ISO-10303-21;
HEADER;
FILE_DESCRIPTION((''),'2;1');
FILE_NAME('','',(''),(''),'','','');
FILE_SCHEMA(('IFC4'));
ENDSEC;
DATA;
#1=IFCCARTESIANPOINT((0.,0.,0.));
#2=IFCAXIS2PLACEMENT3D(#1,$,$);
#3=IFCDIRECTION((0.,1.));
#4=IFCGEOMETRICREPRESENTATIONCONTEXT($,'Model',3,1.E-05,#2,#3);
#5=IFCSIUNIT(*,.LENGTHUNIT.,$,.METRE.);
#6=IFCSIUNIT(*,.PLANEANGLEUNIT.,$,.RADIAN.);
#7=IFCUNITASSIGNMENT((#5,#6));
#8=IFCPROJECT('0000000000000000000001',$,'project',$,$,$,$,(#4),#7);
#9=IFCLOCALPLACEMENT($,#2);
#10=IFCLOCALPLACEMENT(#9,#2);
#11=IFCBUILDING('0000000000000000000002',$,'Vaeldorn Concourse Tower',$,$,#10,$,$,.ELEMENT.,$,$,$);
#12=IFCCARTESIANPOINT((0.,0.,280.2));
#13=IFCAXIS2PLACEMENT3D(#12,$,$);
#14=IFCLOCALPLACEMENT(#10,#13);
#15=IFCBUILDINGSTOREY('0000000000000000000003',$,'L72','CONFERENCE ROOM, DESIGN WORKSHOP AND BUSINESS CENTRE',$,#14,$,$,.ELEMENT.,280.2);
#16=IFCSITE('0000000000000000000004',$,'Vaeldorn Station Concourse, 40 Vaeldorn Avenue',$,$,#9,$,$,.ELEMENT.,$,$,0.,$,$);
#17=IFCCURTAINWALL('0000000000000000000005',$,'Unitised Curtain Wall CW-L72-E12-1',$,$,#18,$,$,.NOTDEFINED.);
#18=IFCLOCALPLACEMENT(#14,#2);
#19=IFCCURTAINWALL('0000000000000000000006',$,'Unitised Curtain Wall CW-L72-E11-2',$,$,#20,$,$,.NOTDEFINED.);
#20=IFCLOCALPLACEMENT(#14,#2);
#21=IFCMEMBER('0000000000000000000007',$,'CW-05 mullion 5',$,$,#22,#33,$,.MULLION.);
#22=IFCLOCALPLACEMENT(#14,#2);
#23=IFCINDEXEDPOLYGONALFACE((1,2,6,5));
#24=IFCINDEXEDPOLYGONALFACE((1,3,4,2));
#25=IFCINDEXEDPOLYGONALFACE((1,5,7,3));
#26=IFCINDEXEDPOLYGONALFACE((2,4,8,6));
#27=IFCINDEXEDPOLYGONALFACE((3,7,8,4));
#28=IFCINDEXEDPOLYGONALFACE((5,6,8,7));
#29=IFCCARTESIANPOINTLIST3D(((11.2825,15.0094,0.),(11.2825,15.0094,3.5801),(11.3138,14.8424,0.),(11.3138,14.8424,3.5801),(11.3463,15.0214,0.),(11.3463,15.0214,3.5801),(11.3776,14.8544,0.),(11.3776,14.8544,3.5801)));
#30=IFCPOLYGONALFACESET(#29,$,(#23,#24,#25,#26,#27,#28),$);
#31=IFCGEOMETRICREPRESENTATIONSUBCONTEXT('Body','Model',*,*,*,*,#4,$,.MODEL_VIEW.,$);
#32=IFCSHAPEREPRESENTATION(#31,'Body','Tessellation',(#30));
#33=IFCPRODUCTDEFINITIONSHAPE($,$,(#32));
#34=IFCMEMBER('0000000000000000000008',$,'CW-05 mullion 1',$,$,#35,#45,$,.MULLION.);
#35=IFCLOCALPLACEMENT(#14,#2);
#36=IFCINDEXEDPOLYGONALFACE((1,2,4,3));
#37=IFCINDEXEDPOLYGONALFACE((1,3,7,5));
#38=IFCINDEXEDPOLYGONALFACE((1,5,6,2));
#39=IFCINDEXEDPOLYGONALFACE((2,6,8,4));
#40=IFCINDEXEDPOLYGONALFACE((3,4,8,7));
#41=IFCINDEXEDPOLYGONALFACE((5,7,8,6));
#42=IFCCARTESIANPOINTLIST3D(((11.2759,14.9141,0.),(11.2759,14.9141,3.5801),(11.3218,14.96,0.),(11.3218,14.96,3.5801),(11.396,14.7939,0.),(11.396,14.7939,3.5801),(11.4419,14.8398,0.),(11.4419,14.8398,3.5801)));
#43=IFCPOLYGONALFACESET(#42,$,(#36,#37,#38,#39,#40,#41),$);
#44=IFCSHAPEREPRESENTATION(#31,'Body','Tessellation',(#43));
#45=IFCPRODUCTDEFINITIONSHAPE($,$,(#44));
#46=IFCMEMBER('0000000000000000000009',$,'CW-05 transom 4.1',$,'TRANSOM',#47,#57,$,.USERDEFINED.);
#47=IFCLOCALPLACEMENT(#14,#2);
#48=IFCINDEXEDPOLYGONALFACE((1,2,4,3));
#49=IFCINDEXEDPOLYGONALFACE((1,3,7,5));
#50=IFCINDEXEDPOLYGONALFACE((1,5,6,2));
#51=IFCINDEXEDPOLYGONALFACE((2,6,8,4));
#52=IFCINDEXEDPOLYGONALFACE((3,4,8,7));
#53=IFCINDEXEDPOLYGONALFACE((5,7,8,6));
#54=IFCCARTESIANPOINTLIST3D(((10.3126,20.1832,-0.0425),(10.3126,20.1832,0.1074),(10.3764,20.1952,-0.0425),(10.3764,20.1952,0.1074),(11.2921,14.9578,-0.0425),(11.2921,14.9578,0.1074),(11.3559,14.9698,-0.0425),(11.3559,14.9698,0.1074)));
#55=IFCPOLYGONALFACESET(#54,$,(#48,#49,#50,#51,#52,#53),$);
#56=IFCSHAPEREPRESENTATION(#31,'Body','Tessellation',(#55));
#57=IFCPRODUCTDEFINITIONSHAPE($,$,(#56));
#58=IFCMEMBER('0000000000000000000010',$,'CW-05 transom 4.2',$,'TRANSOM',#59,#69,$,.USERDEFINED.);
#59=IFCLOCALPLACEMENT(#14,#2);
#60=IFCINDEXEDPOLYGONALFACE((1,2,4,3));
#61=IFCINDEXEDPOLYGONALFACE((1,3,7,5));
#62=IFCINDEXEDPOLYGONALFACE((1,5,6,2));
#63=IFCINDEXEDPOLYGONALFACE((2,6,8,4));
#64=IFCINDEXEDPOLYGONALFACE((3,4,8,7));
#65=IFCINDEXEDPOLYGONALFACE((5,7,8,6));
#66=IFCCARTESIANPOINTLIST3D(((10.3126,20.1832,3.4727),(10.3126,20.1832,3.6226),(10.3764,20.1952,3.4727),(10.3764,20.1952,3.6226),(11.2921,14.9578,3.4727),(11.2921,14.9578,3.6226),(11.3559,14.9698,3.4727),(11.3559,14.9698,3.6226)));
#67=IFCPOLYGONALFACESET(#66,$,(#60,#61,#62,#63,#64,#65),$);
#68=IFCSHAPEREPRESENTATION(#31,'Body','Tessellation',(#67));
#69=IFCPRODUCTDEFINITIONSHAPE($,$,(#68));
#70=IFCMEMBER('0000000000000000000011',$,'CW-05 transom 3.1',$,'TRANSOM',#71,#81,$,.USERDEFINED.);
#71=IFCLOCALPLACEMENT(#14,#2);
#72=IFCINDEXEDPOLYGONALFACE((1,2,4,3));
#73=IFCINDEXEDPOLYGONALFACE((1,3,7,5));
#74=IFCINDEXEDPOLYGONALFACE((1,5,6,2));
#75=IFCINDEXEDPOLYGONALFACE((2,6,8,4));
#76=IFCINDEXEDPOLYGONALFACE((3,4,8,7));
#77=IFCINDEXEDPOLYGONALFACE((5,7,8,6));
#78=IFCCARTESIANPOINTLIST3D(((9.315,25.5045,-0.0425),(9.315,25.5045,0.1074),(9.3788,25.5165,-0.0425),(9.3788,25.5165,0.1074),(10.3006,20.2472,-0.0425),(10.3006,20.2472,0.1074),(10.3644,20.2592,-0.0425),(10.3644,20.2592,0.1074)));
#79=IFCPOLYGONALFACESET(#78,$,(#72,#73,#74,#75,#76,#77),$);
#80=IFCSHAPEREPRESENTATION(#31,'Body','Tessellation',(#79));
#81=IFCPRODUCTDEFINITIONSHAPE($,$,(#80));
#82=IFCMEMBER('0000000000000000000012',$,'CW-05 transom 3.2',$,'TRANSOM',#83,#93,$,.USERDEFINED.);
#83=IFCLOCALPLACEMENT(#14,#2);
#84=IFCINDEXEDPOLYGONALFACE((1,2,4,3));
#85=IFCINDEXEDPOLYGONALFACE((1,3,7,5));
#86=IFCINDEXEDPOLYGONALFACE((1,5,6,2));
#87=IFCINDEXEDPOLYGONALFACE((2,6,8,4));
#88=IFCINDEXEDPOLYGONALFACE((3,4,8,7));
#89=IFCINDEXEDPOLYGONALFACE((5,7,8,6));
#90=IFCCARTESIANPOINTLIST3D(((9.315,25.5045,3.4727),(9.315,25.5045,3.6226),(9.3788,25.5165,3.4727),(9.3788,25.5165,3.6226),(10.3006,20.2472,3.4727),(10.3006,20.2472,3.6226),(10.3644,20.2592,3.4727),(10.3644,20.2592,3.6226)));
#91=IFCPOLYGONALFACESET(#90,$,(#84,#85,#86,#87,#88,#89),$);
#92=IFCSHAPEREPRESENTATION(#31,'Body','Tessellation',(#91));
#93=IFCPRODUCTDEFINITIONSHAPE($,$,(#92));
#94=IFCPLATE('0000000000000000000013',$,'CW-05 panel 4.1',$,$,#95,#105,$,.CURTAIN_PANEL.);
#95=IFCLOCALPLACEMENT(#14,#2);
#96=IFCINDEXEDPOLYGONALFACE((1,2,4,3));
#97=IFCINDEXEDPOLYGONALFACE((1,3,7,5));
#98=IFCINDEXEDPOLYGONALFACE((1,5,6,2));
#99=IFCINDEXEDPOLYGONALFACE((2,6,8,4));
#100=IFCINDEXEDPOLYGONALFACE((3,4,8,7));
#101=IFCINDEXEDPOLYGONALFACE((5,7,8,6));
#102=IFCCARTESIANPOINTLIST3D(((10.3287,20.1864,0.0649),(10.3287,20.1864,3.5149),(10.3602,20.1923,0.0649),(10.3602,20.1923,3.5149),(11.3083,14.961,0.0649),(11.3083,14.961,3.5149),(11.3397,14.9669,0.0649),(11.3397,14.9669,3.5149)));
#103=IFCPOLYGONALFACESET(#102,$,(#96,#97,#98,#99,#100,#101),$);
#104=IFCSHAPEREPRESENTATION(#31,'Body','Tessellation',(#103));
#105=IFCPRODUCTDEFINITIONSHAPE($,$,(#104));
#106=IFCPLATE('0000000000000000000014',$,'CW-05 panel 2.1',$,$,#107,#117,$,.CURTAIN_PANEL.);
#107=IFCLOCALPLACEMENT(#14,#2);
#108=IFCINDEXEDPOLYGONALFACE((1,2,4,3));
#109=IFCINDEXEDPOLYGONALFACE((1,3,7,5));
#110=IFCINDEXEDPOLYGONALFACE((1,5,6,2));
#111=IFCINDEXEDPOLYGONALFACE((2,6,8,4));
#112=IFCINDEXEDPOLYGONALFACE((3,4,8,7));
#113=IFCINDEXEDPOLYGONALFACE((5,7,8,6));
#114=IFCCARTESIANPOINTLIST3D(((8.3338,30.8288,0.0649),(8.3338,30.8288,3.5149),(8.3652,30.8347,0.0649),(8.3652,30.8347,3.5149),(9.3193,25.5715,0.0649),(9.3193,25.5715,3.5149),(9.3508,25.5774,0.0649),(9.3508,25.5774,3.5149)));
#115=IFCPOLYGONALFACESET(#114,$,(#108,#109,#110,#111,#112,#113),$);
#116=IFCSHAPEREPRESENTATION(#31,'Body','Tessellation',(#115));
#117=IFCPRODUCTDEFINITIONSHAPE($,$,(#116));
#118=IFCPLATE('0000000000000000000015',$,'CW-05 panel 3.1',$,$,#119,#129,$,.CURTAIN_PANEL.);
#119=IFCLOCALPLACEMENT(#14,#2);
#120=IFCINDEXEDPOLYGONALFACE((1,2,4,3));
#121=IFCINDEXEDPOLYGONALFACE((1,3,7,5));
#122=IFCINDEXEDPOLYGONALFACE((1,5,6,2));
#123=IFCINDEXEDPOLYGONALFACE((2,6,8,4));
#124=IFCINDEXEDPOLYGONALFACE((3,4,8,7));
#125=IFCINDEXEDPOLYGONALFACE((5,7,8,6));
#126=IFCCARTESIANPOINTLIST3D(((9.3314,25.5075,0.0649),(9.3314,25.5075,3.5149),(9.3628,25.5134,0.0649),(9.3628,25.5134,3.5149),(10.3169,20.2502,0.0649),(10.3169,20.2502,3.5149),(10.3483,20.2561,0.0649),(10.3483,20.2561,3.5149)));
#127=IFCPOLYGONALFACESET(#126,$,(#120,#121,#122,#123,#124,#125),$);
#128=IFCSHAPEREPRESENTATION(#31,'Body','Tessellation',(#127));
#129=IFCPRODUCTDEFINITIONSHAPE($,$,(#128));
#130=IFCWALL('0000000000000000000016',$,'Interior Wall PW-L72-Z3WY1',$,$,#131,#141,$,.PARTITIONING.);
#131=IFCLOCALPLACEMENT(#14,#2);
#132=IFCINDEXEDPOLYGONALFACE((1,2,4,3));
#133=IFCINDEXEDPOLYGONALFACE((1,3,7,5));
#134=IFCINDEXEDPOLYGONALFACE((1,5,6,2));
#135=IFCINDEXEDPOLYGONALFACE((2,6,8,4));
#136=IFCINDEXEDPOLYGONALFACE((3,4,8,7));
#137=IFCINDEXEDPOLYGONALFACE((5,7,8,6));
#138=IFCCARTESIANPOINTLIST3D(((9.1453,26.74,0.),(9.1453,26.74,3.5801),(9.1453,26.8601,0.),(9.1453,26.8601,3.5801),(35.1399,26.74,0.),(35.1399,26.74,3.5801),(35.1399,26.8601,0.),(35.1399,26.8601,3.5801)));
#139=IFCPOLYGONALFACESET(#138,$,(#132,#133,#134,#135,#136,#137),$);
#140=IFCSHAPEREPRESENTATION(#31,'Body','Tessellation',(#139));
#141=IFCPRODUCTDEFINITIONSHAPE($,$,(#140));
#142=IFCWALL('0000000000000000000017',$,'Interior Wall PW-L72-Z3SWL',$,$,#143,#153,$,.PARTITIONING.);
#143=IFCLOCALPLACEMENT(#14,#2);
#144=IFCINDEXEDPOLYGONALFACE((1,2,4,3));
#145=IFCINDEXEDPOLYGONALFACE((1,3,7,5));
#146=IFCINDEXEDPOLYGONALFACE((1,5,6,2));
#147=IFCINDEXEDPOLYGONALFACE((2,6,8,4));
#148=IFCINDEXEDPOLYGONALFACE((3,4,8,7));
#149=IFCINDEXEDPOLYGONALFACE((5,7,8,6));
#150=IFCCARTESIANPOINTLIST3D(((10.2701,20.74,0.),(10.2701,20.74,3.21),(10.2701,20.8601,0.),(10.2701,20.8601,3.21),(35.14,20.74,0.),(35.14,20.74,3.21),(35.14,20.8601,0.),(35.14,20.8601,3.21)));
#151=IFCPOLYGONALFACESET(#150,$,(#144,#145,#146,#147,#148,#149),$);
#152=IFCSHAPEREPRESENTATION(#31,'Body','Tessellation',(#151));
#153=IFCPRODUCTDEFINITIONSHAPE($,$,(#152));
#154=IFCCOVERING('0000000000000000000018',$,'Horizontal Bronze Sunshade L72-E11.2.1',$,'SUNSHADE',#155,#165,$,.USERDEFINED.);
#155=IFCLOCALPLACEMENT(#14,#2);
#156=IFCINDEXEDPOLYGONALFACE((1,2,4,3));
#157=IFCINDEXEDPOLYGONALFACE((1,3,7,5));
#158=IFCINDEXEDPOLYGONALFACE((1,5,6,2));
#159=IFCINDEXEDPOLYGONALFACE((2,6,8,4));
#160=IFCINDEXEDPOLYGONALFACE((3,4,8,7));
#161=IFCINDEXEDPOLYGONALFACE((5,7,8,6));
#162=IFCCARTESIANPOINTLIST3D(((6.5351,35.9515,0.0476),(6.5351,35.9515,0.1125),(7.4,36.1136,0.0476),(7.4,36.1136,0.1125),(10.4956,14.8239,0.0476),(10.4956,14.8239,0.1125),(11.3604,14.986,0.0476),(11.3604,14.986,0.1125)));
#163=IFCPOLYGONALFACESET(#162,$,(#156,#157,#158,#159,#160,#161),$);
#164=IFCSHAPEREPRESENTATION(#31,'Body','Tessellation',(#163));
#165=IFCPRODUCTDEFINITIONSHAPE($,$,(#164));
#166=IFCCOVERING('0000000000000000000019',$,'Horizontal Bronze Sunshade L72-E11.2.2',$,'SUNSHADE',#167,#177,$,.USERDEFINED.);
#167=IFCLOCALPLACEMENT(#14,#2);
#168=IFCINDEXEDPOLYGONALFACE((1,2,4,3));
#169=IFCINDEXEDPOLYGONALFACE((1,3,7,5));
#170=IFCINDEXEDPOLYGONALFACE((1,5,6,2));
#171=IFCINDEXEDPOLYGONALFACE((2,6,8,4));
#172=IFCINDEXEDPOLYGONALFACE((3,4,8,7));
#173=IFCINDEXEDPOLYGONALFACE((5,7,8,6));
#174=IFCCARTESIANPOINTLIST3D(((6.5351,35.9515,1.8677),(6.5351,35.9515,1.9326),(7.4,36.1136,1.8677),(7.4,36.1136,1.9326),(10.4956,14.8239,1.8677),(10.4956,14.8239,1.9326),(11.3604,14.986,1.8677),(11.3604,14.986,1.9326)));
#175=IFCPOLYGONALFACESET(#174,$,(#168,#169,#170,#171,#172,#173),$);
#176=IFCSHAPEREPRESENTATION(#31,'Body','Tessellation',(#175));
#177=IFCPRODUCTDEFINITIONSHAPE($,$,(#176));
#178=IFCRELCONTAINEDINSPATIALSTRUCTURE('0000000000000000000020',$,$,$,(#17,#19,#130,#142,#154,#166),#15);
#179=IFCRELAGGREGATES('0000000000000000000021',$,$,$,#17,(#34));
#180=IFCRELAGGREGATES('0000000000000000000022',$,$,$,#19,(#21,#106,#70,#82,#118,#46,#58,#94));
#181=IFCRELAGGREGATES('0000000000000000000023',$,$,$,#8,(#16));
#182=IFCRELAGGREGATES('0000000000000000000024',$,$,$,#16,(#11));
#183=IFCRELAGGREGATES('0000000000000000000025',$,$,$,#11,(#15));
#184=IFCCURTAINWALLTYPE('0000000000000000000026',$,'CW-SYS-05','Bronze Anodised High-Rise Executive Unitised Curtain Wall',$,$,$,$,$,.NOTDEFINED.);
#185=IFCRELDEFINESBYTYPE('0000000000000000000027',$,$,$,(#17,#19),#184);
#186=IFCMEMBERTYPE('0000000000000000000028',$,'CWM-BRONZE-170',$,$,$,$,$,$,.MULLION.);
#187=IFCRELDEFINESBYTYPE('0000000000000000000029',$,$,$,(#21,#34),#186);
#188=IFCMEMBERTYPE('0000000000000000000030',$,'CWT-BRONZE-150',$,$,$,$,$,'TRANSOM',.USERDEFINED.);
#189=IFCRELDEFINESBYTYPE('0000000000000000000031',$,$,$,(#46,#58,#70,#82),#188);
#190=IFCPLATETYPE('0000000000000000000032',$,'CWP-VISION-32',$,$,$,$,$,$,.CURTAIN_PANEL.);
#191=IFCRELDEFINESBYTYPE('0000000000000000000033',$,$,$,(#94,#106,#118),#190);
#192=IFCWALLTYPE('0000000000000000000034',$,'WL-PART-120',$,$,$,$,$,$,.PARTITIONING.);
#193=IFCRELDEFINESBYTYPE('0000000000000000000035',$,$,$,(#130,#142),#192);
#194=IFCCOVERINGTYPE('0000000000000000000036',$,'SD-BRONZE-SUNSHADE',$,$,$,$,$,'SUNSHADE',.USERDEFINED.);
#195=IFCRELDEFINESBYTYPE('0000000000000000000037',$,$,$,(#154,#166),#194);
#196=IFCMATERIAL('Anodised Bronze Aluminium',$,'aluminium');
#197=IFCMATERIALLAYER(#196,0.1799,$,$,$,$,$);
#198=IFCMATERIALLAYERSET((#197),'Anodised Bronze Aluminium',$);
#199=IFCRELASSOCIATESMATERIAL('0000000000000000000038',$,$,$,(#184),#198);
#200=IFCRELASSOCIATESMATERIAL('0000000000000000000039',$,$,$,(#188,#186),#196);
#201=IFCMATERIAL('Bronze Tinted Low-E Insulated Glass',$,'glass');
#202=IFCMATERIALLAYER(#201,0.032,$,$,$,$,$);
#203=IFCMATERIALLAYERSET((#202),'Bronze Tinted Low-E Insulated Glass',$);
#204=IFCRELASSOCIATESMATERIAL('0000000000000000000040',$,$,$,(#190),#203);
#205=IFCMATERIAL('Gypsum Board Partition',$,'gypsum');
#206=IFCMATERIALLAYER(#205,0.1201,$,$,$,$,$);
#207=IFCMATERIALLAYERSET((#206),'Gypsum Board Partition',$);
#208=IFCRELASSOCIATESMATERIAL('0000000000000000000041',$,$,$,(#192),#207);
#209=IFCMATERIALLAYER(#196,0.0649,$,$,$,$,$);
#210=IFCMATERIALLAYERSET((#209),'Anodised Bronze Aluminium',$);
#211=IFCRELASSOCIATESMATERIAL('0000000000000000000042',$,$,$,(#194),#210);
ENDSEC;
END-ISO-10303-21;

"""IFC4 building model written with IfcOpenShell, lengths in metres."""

from ifc_helpers import new_model, si_unit, direction, frame, frame_2d, origin, origin_2d, place, context, subcontext, project, spatial, rectangle, extrude, source, transform, mapped, material, layer, layer_set, material_profile, profile_set, type_object, element, aggregate, save


model = new_model("IFC4")

# Units and contexts
model_context = context("Model", 3, precision=1e-05, world=origin(), true_north=direction((0.0, 1.0)))
body_context = subcontext(model_context, "Body", "Model", "MODEL_VIEW")
ifc_project = project(units=[si_unit("LENGTHUNIT", "METRE"), si_unit("PLANEANGLEUNIT", "RADIAN")], contexts=[model_context])

# Site, building, storey
site_placement = place(None, origin())
site = spatial("IfcSite", under=ifc_project, at=site_placement, Name="Vaeldorn Station Concourse, 40 Vaeldorn Avenue", CompositionType="ELEMENT", RefElevation=0.0)
building_placement = place(site_placement, origin())
building = spatial("IfcBuilding", under=site, at=building_placement, Name="Vaeldorn Concourse Tower", CompositionType="ELEMENT")
storey_placement = place(building_placement, frame((0.0, 0.0, 280.2)))
storey = spatial("IfcBuildingStorey", under=building, at=storey_placement, Name="L72", Description="CONFERENCE ROOM, DESIGN WORKSHOP AND BUSINESS CENTRE", CompositionType="ELEMENT", Elevation=280.2)

# Curtain wall
ifc_material_1 = material(Name="Anodised Bronze Aluminium", Category="aluminium")
ifc_layer_1 = layer(ifc_material_1, 0.1799)
ifc_layer_set_1 = layer_set([ifc_layer_1], Name="Anodised Bronze Aluminium")
curtain_wall_type = type_object("IfcCurtainWallType", Name="CW-SYS-05", Description="Bronze Anodised High-Rise Executive Unitised Curtain Wall", PredefinedType="NOTDEFINED", material=ifc_layer_set_1)
curtain_wall_1_placement = place(storey_placement, origin())
curtain_wall_1 = element("IfcCurtainWall", 1, at=curtain_wall_1_placement, inside=storey, type_object=curtain_wall_type, Name="Unitised Curtain Wall CW-L72-E12-1", PredefinedType="NOTDEFINED")
ifc_material_profile_1 = material_profile(ifc_material_1, rectangle(XDim=0.0649, YDim=0.1499, at=origin_2d()), Name="CWT 65x150")
ifc_profile_set_1 = profile_set([ifc_material_profile_1], Name="Anodised Bronze Aluminium")
member_type_1 = type_object("IfcMemberType", Name="CWT-BRONZE-150", ElementType="TRANSOM", PredefinedType="USERDEFINED", material=ifc_profile_set_1)

# Curtain wall, member
curtain_wall_2_placement = place(storey_placement, origin())
curtain_wall_2 = element("IfcCurtainWall", 2, at=curtain_wall_2_placement, inside=storey, type_object=curtain_wall_type, Name="Unitised Curtain Wall CW-L72-E11-2", PredefinedType="NOTDEFINED")
ifc_material_profile_2 = material_profile(ifc_material_1, rectangle(XDim=0.0649, YDim=0.1699, at=origin_2d()), Name="CWM 65x170")
ifc_profile_set_2 = profile_set([ifc_material_profile_2], Name="Anodised Bronze Aluminium")
member_type_2 = type_object("IfcMemberType", Name="CWM-BRONZE-170", PredefinedType="MULLION", material=ifc_profile_set_2)
shared_shape_1 = source(origin(), body_context, "Body", "SweptSolid", [
    extrude(rectangle(XDim=0.0649, YDim=0.1699, at=origin_2d()), origin(), (0.0, 0.0, 1.0), 3.5801),
])
member_1_placement = place(storey_placement, frame((11.3301, 14.9319, 0.0), z_axis=(0.0, 0.0, 1.0), x_axis=(0.98288, 0.184247, 0.0)))
member_1 = element("IfcMember", 3, at=member_1_placement, type_object=member_type_2, Name="CW-05 mullion 5", PredefinedType="MULLION", context=body_context, shape_type="MappedRepresentation", body=[
    mapped(shared_shape_1, transform((0.0, 0.0, 0.0), scale=1.0)),
])

# Members
member_2_placement = place(storey_placement, frame((11.3589, 14.877, 0.0), z_axis=(0.0, 0.0, 1.0), x_axis=(0.707107, 0.707107, 0.0)))
member_2 = element("IfcMember", 4, at=member_2_placement, type_object=member_type_2, Name="CW-05 mullion 1", PredefinedType="MULLION", context=body_context, shape_type="MappedRepresentation", body=[
    mapped(shared_shape_1, transform((0.0, 0.0, 0.0), scale=1.0)),
])
aggregate(curtain_wall_1, [member_2])
shared_shape_2 = source(origin(), body_context, "Body", "SweptSolid", [
    extrude(rectangle(XDim=0.0649, YDim=0.1499, at=origin_2d()), origin(), (0.0, 0.0, 1.0), 5.3164),
])
member_3_placement = place(storey_placement, frame((10.3445, 20.1892, 0.0325), z_axis=(0.184241, -0.982881, 0.0), x_axis=(0.982881, 0.184241, 0.0)))
member_3 = element("IfcMember", 5, at=member_3_placement, type_object=member_type_1, Name="CW-05 transom 4.1", ObjectType="TRANSOM", PredefinedType="USERDEFINED", context=body_context, shape_type="MappedRepresentation", body=[
    mapped(shared_shape_2, transform((0.0, 0.0, 0.0), scale=1.0)),
])
member_4_placement = place(storey_placement, frame((10.3445, 20.1892, 3.5476), z_axis=(0.184241, -0.982881, 0.0), x_axis=(0.982881, 0.184241, 0.0)))
member_4 = element("IfcMember", 6, at=member_4_placement, type_object=member_type_1, Name="CW-05 transom 4.2", ObjectType="TRANSOM", PredefinedType="USERDEFINED", context=body_context, shape_type="MappedRepresentation", body=[
    mapped(shared_shape_2, transform((0.0, 0.0, 0.0), scale=1.0)),
])
shared_shape_3 = source(origin(), body_context, "Body", "SweptSolid", [
    extrude(rectangle(XDim=0.0649, YDim=0.1499, at=origin_2d()), origin(), (0.0, 0.0, 1.0), 5.3489),
])
member_5_placement = place(storey_placement, frame((9.3469, 25.5105, 0.0325), z_axis=(0.184261, -0.982877, 0.0), x_axis=(0.982877, 0.184261, 0.0)))
member_5 = element("IfcMember", 7, at=member_5_placement, type_object=member_type_1, Name="CW-05 transom 3.1", ObjectType="TRANSOM", PredefinedType="USERDEFINED", context=body_context, shape_type="MappedRepresentation", body=[
    mapped(shared_shape_3, transform((0.0, 0.0, 0.0), scale=1.0)),
])
member_6_placement = place(storey_placement, frame((9.3469, 25.5105, 3.5476), z_axis=(0.184261, -0.982877, 0.0), x_axis=(0.982877, 0.184261, 0.0)))
member_6 = element("IfcMember", 8, at=member_6_placement, type_object=member_type_1, Name="CW-05 transom 3.2", ObjectType="TRANSOM", PredefinedType="USERDEFINED", context=body_context, shape_type="MappedRepresentation", body=[
    mapped(shared_shape_3, transform((0.0, 0.0, 0.0), scale=1.0)),
])

# Plates
ifc_material_2 = material(Name="Bronze Tinted Low-E Insulated Glass", Category="glass")
ifc_layer_2 = layer(ifc_material_2, 0.032)
ifc_layer_set_2 = layer_set([ifc_layer_2], Name="Bronze Tinted Low-E Insulated Glass")
plate_type = type_object("IfcPlateType", Name="CWP-VISION-32", PredefinedType="CURTAIN_PANEL", material=ifc_layer_set_2)
shared_shape_4 = source(origin(), body_context, "Body", "SweptSolid", [
    extrude(rectangle(XDim=5.3164, YDim=0.032, at=origin_2d()), origin(), (0.0, 0.0, 1.0), 3.45),
])
plate_1_placement = place(storey_placement, frame((10.8342, 17.5767, 0.0649), z_axis=(0.0, 0.0, 1.0), x_axis=(0.184247, -0.98288, 0.0)))
plate_1 = element("IfcPlate", 9, at=plate_1_placement, type_object=plate_type, Name="CW-05 panel 4.1", PredefinedType="CURTAIN_PANEL", context=body_context, shape_type="MappedRepresentation", body=[
    mapped(shared_shape_4, transform((0.0, 0.0, 0.0), scale=1.0)),
])
shared_shape_5 = source(origin(), body_context, "Body", "SweptSolid", [
    extrude(rectangle(XDim=5.3489, YDim=0.032, at=origin_2d()), origin(), (0.0, 0.0, 1.0), 3.45),
])
plate_2_placement = place(storey_placement, frame((8.8423, 28.2031, 0.0649), z_axis=(0.0, 0.0, 1.0), x_axis=(0.184247, -0.98288, 0.0)))
plate_2 = element("IfcPlate", 10, at=plate_2_placement, type_object=plate_type, Name="CW-05 panel 2.1", PredefinedType="CURTAIN_PANEL", context=body_context, shape_type="MappedRepresentation", body=[
    mapped(shared_shape_5, transform((0.0, 0.0, 0.0), scale=1.0)),
])
plate_3_placement = place(storey_placement, frame((9.8398, 22.8818, 0.0649), z_axis=(0.0, 0.0, 1.0), x_axis=(0.184247, -0.98288, 0.0)))
plate_3 = element("IfcPlate", 11, at=plate_3_placement, type_object=plate_type, Name="CW-05 panel 3.1", PredefinedType="CURTAIN_PANEL", context=body_context, shape_type="MappedRepresentation", body=[
    mapped(shared_shape_5, transform((0.0, 0.0, 0.0), scale=1.0)),
])
aggregate(curtain_wall_2, [member_1, plate_2, member_5, member_6, plate_3, member_3, member_4, plate_1])

# Walls
ifc_material_3 = material(Name="Gypsum Board Partition", Category="gypsum")
ifc_layer_3 = layer(ifc_material_3, 0.1201)
ifc_layer_set_3 = layer_set([ifc_layer_3], Name="Gypsum Board Partition")
wall_type = type_object("IfcWallType", Name="WL-PART-120", PredefinedType="PARTITIONING", material=ifc_layer_set_3)
wall_1_placement = place(storey_placement, frame((9.1453, 26.8, 0.0), z_axis=(0.0, 0.0, 1.0), x_axis=(1.0, 0.0, 0.0)))
element("IfcWall", 12, at=wall_1_placement, inside=storey, type_object=wall_type, Name="Interior Wall PW-L72-Z3WY1", PredefinedType="PARTITIONING", context=body_context, shape_type="SweptSolid", body=[
    extrude(rectangle(XDim=25.9946, YDim=0.1201, at=frame_2d((12.9973, 0.0))), origin(), (0.0, 0.0, 1.0), 3.5801),
])
wall_2_placement = place(storey_placement, frame((10.27, 20.8, 0.0), z_axis=(0.0, 0.0, 1.0), x_axis=(1.0, 0.0, 0.0)))
element("IfcWall", 13, at=wall_2_placement, inside=storey, type_object=wall_type, Name="Interior Wall PW-L72-Z3SWL", PredefinedType="PARTITIONING", context=body_context, shape_type="SweptSolid", body=[
    extrude(rectangle(XDim=24.8699, YDim=0.1201, at=frame_2d((12.4351, 0.0))), origin(), (0.0, 0.0, 1.0), 3.21),
])

# Coverings
ifc_layer_4 = layer(ifc_material_1, 0.0649)
ifc_layer_set_4 = layer_set([ifc_layer_4], Name="Anodised Bronze Aluminium")
covering_type = type_object("IfcCoveringType", Name="SD-BRONZE-SUNSHADE", ElementType="SUNSHADE", PredefinedType="USERDEFINED", material=ifc_layer_set_4)
shared_shape_6 = source(origin(), body_context, "Body", "SweptSolid", [
    extrude(rectangle(XDim=21.4956, YDim=0.8799, at=origin_2d()), origin(), (0.0, 0.0, 1.0), 0.0649),
])
for number, where, z_axis, x_axis, name in (
    (14, (8.9478, 25.4688, 0.0476), (0.0, 0.0, 1.0), (0.184243, -0.982881, 0.0), "Horizontal Bronze Sunshade L72-E11.2.1"),
    (15, (8.9478, 25.4688, 1.8677), (0.0, 0.0, 1.0), (0.184243, -0.982881, 0.0), "Horizontal Bronze Sunshade L72-E11.2.2"),
):
    element("IfcCovering", number, at=place(storey_placement, frame(where, z_axis=z_axis, x_axis=x_axis)), inside=storey, type_object=covering_type, Name=name, ObjectType="SUNSHADE", PredefinedType="USERDEFINED", context=body_context, shape_type="MappedRepresentation", body=[
        mapped(shared_shape_6, transform((0.0, 0.0, 0.0), scale=1.0)),
    ])

save(model, "model.ifc")
